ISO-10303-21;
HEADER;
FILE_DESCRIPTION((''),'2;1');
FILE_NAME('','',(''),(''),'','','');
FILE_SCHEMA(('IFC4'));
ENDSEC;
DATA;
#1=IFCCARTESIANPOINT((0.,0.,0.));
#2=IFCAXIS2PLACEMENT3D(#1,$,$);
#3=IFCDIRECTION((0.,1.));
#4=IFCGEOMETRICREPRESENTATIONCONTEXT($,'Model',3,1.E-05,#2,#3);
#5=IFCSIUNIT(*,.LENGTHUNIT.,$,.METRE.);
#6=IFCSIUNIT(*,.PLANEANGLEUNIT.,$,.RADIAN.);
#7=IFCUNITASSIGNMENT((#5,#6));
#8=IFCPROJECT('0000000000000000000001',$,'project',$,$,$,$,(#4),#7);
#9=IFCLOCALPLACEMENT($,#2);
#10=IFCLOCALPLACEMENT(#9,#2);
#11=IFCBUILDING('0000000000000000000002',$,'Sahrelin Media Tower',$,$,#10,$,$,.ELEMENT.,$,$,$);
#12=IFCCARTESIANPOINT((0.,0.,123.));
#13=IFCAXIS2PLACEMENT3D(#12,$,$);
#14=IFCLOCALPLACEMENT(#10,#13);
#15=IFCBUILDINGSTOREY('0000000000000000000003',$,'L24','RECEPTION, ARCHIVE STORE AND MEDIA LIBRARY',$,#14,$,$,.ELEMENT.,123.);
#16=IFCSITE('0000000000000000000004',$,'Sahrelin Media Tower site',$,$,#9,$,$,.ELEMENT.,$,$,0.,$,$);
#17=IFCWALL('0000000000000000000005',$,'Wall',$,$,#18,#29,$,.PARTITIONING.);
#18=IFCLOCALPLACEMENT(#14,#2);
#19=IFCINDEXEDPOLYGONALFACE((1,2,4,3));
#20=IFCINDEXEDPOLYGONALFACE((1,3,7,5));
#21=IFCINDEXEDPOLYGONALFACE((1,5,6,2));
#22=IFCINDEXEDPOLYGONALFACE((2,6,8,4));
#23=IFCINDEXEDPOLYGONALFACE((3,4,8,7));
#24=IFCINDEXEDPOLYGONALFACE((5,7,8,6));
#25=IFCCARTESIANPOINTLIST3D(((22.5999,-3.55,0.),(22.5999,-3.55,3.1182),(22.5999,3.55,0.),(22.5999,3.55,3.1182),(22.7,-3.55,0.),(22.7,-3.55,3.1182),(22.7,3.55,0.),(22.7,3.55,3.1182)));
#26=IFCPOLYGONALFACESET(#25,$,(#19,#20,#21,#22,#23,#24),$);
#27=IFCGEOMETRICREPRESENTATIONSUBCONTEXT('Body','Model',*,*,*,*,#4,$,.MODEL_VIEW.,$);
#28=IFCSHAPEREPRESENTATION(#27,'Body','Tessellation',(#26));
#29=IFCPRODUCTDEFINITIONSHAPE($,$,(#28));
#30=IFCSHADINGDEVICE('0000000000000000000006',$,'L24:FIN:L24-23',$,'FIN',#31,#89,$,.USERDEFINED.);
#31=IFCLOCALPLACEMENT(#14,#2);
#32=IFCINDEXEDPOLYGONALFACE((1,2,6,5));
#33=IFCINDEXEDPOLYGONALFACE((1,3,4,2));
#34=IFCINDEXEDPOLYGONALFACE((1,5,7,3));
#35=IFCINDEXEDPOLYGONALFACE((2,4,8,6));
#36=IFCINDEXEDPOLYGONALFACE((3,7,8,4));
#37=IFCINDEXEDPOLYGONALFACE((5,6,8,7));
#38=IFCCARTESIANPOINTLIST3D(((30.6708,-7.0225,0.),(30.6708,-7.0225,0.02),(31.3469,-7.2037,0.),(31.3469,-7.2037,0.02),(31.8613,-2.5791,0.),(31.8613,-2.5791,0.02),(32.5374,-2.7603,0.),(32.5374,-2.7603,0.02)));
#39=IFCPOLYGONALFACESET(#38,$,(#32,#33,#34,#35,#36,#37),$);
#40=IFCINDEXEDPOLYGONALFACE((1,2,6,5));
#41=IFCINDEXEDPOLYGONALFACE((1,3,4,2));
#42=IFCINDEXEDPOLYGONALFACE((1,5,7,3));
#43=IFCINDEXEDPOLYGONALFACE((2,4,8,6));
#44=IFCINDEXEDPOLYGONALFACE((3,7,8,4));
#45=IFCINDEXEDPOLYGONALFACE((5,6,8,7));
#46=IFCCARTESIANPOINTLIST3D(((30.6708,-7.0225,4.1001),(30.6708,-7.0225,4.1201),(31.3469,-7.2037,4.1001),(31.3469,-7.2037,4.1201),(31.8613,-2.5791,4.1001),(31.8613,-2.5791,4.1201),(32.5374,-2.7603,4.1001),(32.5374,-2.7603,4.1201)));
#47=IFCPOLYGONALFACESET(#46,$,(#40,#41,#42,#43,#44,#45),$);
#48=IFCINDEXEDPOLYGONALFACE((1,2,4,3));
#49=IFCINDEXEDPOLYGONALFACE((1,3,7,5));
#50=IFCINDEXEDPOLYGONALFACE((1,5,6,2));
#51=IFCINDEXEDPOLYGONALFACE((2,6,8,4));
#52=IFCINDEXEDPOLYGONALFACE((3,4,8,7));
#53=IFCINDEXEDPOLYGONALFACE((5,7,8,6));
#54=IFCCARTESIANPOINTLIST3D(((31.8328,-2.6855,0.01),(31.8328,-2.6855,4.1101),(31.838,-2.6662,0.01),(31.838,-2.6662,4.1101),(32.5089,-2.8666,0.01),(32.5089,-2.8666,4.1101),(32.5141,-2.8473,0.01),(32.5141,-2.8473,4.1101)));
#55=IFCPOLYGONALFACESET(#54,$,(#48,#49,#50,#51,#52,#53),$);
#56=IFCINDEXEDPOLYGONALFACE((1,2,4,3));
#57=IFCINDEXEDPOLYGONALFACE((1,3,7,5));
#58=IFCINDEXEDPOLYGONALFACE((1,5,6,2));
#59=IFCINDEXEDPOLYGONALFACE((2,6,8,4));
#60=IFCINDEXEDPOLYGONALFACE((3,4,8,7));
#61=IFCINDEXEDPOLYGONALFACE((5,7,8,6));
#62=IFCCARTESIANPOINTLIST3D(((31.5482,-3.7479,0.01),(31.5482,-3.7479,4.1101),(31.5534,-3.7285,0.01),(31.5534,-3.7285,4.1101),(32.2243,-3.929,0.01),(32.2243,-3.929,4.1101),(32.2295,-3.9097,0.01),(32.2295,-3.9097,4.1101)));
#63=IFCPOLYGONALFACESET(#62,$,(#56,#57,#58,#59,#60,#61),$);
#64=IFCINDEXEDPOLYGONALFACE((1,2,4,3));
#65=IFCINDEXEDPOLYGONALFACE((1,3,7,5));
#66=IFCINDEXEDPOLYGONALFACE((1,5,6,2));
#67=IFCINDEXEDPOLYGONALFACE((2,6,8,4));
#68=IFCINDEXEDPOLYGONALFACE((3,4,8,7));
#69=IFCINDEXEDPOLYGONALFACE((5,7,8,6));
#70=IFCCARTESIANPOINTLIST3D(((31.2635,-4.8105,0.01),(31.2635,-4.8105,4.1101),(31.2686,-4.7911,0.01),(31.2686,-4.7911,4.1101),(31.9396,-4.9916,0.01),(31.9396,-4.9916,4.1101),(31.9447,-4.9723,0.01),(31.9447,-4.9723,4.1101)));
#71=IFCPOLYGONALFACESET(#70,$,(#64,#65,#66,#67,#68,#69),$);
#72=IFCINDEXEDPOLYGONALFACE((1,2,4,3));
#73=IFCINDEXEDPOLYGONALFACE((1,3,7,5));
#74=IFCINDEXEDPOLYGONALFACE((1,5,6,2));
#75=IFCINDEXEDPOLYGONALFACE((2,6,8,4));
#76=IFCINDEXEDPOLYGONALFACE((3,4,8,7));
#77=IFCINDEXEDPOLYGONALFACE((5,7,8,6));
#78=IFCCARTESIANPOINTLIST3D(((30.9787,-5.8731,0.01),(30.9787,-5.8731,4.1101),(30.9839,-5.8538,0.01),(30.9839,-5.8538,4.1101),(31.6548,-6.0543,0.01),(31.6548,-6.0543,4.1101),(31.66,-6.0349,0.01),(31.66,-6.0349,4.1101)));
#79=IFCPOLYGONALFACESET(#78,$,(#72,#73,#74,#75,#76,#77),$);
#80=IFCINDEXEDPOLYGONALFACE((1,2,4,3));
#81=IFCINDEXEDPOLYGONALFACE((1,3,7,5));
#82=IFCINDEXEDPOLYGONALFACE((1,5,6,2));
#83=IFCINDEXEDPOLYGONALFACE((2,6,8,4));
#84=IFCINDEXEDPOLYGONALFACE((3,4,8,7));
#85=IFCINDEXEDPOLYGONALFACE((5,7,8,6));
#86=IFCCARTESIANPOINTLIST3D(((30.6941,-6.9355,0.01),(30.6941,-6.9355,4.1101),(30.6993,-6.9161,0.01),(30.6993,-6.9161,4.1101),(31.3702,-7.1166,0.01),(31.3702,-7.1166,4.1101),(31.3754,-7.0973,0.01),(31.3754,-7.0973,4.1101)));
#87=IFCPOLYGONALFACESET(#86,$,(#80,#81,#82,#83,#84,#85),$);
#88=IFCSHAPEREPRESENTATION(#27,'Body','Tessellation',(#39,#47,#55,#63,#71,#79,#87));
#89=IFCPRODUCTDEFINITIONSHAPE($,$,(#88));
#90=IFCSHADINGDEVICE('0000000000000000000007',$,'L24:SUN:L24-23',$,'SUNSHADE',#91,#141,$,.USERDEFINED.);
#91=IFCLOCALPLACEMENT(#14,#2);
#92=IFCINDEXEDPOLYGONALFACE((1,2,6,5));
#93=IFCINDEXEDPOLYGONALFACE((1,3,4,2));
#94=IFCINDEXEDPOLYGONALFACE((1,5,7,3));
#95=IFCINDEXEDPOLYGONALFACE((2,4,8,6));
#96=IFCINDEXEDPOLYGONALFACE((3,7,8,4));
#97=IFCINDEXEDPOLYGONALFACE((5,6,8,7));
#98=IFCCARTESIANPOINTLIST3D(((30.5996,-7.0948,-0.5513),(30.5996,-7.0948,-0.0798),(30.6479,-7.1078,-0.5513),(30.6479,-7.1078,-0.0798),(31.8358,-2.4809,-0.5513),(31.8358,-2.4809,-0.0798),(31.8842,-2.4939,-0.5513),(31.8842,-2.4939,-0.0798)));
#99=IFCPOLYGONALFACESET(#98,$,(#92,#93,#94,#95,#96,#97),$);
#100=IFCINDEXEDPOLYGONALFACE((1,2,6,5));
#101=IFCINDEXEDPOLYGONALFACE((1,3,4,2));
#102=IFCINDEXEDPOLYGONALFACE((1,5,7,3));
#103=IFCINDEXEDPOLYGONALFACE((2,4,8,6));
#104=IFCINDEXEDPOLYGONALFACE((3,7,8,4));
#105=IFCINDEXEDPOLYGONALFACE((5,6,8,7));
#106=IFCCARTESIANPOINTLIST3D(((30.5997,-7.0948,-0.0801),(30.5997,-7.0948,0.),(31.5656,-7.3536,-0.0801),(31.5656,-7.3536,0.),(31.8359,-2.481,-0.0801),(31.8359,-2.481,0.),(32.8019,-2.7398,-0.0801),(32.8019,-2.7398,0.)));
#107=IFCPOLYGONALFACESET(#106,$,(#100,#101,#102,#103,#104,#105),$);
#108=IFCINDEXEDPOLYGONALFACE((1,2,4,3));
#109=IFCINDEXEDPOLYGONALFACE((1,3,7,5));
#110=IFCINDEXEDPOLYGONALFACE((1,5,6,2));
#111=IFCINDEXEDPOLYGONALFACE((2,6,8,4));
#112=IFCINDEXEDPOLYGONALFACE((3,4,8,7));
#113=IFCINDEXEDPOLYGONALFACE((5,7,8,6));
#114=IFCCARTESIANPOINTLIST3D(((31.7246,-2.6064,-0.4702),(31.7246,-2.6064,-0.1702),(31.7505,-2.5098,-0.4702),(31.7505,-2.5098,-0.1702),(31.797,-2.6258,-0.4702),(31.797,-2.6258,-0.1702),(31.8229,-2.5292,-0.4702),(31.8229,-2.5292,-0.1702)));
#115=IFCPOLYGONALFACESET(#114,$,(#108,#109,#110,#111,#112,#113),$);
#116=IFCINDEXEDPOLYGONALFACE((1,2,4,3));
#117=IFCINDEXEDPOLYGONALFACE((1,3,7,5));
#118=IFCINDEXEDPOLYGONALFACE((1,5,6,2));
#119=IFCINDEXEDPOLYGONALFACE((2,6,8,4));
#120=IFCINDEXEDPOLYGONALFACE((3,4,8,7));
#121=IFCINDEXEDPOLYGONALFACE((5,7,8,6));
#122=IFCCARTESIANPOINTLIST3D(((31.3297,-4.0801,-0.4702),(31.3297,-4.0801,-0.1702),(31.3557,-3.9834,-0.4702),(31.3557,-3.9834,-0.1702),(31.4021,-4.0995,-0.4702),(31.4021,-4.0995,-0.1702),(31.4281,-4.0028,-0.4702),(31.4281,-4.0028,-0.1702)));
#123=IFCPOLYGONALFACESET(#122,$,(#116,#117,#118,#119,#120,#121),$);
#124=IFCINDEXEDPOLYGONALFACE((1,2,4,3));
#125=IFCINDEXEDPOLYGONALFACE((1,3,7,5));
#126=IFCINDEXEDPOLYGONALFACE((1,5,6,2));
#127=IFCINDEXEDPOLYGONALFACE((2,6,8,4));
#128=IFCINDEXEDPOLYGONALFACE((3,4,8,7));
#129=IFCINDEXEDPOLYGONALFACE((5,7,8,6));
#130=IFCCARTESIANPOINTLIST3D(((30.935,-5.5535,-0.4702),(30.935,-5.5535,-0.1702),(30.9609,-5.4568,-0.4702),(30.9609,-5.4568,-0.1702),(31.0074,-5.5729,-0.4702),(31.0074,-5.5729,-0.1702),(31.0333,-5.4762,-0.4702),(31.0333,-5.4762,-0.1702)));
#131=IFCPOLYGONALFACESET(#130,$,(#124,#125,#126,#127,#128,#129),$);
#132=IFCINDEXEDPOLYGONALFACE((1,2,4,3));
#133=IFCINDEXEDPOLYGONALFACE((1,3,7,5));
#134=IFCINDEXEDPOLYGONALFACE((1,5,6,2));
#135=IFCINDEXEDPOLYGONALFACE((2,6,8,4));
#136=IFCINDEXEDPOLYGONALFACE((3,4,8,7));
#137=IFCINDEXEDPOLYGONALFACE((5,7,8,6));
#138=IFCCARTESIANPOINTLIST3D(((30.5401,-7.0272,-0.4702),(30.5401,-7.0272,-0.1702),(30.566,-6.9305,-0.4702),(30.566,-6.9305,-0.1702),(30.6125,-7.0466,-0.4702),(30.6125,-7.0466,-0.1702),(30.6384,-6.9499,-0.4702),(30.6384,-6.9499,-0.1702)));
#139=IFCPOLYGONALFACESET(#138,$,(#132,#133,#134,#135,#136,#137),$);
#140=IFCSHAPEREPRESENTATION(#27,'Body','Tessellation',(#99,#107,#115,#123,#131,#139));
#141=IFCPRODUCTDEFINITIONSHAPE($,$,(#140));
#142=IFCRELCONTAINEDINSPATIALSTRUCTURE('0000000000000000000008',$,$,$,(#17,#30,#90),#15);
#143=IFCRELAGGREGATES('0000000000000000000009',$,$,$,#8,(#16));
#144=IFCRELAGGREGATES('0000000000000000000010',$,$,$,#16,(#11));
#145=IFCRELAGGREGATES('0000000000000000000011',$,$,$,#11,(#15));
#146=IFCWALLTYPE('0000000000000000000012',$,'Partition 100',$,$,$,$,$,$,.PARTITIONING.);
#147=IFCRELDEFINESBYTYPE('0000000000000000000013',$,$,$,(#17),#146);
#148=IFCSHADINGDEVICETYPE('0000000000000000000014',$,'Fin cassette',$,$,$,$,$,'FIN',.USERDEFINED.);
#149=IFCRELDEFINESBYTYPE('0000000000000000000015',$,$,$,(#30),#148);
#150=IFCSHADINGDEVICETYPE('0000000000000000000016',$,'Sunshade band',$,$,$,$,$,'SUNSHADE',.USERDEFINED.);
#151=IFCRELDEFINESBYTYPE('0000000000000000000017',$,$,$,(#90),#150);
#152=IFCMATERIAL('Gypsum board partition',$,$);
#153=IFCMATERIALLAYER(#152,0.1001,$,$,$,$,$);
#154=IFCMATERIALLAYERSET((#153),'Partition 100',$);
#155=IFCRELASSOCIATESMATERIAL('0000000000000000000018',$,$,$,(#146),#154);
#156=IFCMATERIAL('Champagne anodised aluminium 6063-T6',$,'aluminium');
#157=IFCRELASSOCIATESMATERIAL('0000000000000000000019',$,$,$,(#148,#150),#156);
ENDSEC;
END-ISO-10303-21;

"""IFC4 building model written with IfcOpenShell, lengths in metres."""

from ifc_helpers import new_model, si_unit, direction, frame, frame_2d, origin, origin_2d, place, context, subcontext, project, spatial, rectangle, extrude, material, layer, layer_set, type_object, element, save


model = new_model("IFC4")

# Units and contexts
model_context = context("Model", 3, precision=1e-05, world=origin(), true_north=direction((0.0, 1.0)))
body_context = subcontext(model_context, "Body", "Model", "MODEL_VIEW")
ifc_project = project(units=[si_unit("LENGTHUNIT", "METRE"), si_unit("PLANEANGLEUNIT", "RADIAN")], contexts=[model_context])

# Site, building, storey
site_placement = place(None, origin())
site = spatial("IfcSite", under=ifc_project, at=site_placement, Name="Sahrelin Media Tower site", CompositionType="ELEMENT", RefElevation=0.0)
building_placement = place(site_placement, origin())
building = spatial("IfcBuilding", under=site, at=building_placement, Name="Sahrelin Media Tower", CompositionType="ELEMENT")
storey_placement = place(building_placement, frame((0.0, 0.0, 123.0)))
storey = spatial("IfcBuildingStorey", under=building, at=storey_placement, Name="L24", Description="RECEPTION, ARCHIVE STORE AND MEDIA LIBRARY", CompositionType="ELEMENT", Elevation=123.0)

# Shared definitions
ifc_material_1 = material(Name="Champagne anodised aluminium 6063-T6", Category="aluminium")

# Wall
ifc_material_2 = material(Name="Gypsum board partition")
ifc_layer_1 = layer(ifc_material_2, 0.1001)
ifc_layer_set_1 = layer_set([ifc_layer_1], Name="Partition 100")
wall_type_1 = type_object("IfcWallType", Name="Partition 100", PredefinedType="PARTITIONING", material=ifc_layer_set_1)
wall_1_placement = place(storey_placement, frame((22.6499, -3.55, 0.0), z_axis=(0.0, 0.0, 1.0), x_axis=(0.0, 1.0, 0.0)))
element("IfcWall", 1, at=wall_1_placement, inside=storey, type_object=wall_type_1, Name="Wall", PredefinedType="PARTITIONING", context=body_context, shape_type="SweptSolid", body=[
    extrude(rectangle(XDim=7.1001, YDim=0.1001, at=frame_2d((3.55, 0.0))), origin(), (0.0, 0.0, 1.0), 3.1182),
])

# Shading devices
shading_device_type_1 = type_object("IfcShadingDeviceType", Name="Fin cassette", ElementType="FIN", PredefinedType="USERDEFINED", material=ifc_material_1)
placement = place(storey_placement, frame((31.1985, -4.7827, 0.0), z_axis=(0.0, 0.0, 1.0), x_axis=(-0.258808, -0.965929, 0.0)))
element("IfcShadingDevice", 2, at=placement, inside=storey, type_object=shading_device_type_1, Name="L24:FIN:L24-23", ObjectType="FIN", PredefinedType="USERDEFINED", context=body_context, shape_type="SweptSolid", body=[
    extrude(rectangle(XDim=4.6001, YDim=0.7, at=origin_2d()), frame((0.0, 0.4199, 0.0)), (0.0, 0.0, 1.0), 0.02),
    extrude(rectangle(XDim=4.6001, YDim=0.7, at=origin_2d()), frame((0.0, 0.4199, 4.1001)), (0.0, 0.0, 1.0), 0.02),
    extrude(rectangle(XDim=0.02, YDim=0.7, at=origin_2d()), frame((-2.2, 0.4199, 0.01), z_axis=(0.0, 0.0, 1.0), x_axis=(1.0, 0.0, 0.0)), (0.0, 0.0, 1.0), 4.1001),
    extrude(rectangle(XDim=0.02, YDim=0.7, at=origin_2d()), frame((-1.1001, 0.4199, 0.01), z_axis=(0.0, 0.0, 1.0), x_axis=(1.0, 0.0, 0.0)), (0.0, 0.0, 1.0), 4.1001),
    extrude(rectangle(XDim=0.02, YDim=0.7, at=origin_2d()), frame((0.0, 0.4199, 0.01), z_axis=(0.0, 0.0, 1.0), x_axis=(1.0, 0.0, 0.0)), (0.0, 0.0, 1.0), 4.1001),
    extrude(rectangle(XDim=0.02, YDim=0.7, at=origin_2d()), frame((1.1001, 0.4199, 0.01), z_axis=(0.0, 0.0, 1.0), x_axis=(1.0, 0.0, 0.0)), (0.0, 0.0, 1.0), 4.1001),
    extrude(rectangle(XDim=0.02, YDim=0.7, at=origin_2d()), frame((2.2, 0.4199, 0.01), z_axis=(0.0, 0.0, 1.0), x_axis=(1.0, 0.0, 0.0)), (0.0, 0.0, 1.0), 4.1001),
])
shading_device_type_2 = type_object("IfcShadingDeviceType", Name="Sunshade band", ElementType="SUNSHADE", PredefinedType="USERDEFINED", material=ifc_material_1)
element("IfcShadingDevice", 3, at=placement, inside=storey, type_object=shading_device_type_2, Name="L24:SUN:L24-23", ObjectType="SUNSHADE", PredefinedType="USERDEFINED", context=body_context, shape_type="SweptSolid", body=[
    extrude(rectangle(XDim=4.7766, YDim=0.05, at=origin_2d()), frame((0.0, 0.0449, -0.5513)), (0.0, 0.0, 1.0), 0.4714),
    extrude(rectangle(XDim=4.7766, YDim=1.0, at=origin_2d()), frame((0.0, 0.52, -0.0801)), (0.0, 0.0, 1.0), 0.0801),
    extrude(rectangle(XDim=0.1001, YDim=0.075, at=origin_2d()), frame((-2.2883, -0.0176, -0.4702)), (0.0, 0.0, 1.0), 0.3),
    extrude(rectangle(XDim=0.1001, YDim=0.075, at=origin_2d()), frame((-0.7627, -0.0176, -0.4702)), (0.0, 0.0, 1.0), 0.3),
    extrude(rectangle(XDim=0.1001, YDim=0.075, at=origin_2d()), frame((0.7627, -0.0176, -0.4702)), (0.0, 0.0, 1.0), 0.3),
    extrude(rectangle(XDim=0.1001, YDim=0.075, at=origin_2d()), frame((2.2883, -0.0176, -0.4702)), (0.0, 0.0, 1.0), 0.3),
])

save(model, "model.ifc")
